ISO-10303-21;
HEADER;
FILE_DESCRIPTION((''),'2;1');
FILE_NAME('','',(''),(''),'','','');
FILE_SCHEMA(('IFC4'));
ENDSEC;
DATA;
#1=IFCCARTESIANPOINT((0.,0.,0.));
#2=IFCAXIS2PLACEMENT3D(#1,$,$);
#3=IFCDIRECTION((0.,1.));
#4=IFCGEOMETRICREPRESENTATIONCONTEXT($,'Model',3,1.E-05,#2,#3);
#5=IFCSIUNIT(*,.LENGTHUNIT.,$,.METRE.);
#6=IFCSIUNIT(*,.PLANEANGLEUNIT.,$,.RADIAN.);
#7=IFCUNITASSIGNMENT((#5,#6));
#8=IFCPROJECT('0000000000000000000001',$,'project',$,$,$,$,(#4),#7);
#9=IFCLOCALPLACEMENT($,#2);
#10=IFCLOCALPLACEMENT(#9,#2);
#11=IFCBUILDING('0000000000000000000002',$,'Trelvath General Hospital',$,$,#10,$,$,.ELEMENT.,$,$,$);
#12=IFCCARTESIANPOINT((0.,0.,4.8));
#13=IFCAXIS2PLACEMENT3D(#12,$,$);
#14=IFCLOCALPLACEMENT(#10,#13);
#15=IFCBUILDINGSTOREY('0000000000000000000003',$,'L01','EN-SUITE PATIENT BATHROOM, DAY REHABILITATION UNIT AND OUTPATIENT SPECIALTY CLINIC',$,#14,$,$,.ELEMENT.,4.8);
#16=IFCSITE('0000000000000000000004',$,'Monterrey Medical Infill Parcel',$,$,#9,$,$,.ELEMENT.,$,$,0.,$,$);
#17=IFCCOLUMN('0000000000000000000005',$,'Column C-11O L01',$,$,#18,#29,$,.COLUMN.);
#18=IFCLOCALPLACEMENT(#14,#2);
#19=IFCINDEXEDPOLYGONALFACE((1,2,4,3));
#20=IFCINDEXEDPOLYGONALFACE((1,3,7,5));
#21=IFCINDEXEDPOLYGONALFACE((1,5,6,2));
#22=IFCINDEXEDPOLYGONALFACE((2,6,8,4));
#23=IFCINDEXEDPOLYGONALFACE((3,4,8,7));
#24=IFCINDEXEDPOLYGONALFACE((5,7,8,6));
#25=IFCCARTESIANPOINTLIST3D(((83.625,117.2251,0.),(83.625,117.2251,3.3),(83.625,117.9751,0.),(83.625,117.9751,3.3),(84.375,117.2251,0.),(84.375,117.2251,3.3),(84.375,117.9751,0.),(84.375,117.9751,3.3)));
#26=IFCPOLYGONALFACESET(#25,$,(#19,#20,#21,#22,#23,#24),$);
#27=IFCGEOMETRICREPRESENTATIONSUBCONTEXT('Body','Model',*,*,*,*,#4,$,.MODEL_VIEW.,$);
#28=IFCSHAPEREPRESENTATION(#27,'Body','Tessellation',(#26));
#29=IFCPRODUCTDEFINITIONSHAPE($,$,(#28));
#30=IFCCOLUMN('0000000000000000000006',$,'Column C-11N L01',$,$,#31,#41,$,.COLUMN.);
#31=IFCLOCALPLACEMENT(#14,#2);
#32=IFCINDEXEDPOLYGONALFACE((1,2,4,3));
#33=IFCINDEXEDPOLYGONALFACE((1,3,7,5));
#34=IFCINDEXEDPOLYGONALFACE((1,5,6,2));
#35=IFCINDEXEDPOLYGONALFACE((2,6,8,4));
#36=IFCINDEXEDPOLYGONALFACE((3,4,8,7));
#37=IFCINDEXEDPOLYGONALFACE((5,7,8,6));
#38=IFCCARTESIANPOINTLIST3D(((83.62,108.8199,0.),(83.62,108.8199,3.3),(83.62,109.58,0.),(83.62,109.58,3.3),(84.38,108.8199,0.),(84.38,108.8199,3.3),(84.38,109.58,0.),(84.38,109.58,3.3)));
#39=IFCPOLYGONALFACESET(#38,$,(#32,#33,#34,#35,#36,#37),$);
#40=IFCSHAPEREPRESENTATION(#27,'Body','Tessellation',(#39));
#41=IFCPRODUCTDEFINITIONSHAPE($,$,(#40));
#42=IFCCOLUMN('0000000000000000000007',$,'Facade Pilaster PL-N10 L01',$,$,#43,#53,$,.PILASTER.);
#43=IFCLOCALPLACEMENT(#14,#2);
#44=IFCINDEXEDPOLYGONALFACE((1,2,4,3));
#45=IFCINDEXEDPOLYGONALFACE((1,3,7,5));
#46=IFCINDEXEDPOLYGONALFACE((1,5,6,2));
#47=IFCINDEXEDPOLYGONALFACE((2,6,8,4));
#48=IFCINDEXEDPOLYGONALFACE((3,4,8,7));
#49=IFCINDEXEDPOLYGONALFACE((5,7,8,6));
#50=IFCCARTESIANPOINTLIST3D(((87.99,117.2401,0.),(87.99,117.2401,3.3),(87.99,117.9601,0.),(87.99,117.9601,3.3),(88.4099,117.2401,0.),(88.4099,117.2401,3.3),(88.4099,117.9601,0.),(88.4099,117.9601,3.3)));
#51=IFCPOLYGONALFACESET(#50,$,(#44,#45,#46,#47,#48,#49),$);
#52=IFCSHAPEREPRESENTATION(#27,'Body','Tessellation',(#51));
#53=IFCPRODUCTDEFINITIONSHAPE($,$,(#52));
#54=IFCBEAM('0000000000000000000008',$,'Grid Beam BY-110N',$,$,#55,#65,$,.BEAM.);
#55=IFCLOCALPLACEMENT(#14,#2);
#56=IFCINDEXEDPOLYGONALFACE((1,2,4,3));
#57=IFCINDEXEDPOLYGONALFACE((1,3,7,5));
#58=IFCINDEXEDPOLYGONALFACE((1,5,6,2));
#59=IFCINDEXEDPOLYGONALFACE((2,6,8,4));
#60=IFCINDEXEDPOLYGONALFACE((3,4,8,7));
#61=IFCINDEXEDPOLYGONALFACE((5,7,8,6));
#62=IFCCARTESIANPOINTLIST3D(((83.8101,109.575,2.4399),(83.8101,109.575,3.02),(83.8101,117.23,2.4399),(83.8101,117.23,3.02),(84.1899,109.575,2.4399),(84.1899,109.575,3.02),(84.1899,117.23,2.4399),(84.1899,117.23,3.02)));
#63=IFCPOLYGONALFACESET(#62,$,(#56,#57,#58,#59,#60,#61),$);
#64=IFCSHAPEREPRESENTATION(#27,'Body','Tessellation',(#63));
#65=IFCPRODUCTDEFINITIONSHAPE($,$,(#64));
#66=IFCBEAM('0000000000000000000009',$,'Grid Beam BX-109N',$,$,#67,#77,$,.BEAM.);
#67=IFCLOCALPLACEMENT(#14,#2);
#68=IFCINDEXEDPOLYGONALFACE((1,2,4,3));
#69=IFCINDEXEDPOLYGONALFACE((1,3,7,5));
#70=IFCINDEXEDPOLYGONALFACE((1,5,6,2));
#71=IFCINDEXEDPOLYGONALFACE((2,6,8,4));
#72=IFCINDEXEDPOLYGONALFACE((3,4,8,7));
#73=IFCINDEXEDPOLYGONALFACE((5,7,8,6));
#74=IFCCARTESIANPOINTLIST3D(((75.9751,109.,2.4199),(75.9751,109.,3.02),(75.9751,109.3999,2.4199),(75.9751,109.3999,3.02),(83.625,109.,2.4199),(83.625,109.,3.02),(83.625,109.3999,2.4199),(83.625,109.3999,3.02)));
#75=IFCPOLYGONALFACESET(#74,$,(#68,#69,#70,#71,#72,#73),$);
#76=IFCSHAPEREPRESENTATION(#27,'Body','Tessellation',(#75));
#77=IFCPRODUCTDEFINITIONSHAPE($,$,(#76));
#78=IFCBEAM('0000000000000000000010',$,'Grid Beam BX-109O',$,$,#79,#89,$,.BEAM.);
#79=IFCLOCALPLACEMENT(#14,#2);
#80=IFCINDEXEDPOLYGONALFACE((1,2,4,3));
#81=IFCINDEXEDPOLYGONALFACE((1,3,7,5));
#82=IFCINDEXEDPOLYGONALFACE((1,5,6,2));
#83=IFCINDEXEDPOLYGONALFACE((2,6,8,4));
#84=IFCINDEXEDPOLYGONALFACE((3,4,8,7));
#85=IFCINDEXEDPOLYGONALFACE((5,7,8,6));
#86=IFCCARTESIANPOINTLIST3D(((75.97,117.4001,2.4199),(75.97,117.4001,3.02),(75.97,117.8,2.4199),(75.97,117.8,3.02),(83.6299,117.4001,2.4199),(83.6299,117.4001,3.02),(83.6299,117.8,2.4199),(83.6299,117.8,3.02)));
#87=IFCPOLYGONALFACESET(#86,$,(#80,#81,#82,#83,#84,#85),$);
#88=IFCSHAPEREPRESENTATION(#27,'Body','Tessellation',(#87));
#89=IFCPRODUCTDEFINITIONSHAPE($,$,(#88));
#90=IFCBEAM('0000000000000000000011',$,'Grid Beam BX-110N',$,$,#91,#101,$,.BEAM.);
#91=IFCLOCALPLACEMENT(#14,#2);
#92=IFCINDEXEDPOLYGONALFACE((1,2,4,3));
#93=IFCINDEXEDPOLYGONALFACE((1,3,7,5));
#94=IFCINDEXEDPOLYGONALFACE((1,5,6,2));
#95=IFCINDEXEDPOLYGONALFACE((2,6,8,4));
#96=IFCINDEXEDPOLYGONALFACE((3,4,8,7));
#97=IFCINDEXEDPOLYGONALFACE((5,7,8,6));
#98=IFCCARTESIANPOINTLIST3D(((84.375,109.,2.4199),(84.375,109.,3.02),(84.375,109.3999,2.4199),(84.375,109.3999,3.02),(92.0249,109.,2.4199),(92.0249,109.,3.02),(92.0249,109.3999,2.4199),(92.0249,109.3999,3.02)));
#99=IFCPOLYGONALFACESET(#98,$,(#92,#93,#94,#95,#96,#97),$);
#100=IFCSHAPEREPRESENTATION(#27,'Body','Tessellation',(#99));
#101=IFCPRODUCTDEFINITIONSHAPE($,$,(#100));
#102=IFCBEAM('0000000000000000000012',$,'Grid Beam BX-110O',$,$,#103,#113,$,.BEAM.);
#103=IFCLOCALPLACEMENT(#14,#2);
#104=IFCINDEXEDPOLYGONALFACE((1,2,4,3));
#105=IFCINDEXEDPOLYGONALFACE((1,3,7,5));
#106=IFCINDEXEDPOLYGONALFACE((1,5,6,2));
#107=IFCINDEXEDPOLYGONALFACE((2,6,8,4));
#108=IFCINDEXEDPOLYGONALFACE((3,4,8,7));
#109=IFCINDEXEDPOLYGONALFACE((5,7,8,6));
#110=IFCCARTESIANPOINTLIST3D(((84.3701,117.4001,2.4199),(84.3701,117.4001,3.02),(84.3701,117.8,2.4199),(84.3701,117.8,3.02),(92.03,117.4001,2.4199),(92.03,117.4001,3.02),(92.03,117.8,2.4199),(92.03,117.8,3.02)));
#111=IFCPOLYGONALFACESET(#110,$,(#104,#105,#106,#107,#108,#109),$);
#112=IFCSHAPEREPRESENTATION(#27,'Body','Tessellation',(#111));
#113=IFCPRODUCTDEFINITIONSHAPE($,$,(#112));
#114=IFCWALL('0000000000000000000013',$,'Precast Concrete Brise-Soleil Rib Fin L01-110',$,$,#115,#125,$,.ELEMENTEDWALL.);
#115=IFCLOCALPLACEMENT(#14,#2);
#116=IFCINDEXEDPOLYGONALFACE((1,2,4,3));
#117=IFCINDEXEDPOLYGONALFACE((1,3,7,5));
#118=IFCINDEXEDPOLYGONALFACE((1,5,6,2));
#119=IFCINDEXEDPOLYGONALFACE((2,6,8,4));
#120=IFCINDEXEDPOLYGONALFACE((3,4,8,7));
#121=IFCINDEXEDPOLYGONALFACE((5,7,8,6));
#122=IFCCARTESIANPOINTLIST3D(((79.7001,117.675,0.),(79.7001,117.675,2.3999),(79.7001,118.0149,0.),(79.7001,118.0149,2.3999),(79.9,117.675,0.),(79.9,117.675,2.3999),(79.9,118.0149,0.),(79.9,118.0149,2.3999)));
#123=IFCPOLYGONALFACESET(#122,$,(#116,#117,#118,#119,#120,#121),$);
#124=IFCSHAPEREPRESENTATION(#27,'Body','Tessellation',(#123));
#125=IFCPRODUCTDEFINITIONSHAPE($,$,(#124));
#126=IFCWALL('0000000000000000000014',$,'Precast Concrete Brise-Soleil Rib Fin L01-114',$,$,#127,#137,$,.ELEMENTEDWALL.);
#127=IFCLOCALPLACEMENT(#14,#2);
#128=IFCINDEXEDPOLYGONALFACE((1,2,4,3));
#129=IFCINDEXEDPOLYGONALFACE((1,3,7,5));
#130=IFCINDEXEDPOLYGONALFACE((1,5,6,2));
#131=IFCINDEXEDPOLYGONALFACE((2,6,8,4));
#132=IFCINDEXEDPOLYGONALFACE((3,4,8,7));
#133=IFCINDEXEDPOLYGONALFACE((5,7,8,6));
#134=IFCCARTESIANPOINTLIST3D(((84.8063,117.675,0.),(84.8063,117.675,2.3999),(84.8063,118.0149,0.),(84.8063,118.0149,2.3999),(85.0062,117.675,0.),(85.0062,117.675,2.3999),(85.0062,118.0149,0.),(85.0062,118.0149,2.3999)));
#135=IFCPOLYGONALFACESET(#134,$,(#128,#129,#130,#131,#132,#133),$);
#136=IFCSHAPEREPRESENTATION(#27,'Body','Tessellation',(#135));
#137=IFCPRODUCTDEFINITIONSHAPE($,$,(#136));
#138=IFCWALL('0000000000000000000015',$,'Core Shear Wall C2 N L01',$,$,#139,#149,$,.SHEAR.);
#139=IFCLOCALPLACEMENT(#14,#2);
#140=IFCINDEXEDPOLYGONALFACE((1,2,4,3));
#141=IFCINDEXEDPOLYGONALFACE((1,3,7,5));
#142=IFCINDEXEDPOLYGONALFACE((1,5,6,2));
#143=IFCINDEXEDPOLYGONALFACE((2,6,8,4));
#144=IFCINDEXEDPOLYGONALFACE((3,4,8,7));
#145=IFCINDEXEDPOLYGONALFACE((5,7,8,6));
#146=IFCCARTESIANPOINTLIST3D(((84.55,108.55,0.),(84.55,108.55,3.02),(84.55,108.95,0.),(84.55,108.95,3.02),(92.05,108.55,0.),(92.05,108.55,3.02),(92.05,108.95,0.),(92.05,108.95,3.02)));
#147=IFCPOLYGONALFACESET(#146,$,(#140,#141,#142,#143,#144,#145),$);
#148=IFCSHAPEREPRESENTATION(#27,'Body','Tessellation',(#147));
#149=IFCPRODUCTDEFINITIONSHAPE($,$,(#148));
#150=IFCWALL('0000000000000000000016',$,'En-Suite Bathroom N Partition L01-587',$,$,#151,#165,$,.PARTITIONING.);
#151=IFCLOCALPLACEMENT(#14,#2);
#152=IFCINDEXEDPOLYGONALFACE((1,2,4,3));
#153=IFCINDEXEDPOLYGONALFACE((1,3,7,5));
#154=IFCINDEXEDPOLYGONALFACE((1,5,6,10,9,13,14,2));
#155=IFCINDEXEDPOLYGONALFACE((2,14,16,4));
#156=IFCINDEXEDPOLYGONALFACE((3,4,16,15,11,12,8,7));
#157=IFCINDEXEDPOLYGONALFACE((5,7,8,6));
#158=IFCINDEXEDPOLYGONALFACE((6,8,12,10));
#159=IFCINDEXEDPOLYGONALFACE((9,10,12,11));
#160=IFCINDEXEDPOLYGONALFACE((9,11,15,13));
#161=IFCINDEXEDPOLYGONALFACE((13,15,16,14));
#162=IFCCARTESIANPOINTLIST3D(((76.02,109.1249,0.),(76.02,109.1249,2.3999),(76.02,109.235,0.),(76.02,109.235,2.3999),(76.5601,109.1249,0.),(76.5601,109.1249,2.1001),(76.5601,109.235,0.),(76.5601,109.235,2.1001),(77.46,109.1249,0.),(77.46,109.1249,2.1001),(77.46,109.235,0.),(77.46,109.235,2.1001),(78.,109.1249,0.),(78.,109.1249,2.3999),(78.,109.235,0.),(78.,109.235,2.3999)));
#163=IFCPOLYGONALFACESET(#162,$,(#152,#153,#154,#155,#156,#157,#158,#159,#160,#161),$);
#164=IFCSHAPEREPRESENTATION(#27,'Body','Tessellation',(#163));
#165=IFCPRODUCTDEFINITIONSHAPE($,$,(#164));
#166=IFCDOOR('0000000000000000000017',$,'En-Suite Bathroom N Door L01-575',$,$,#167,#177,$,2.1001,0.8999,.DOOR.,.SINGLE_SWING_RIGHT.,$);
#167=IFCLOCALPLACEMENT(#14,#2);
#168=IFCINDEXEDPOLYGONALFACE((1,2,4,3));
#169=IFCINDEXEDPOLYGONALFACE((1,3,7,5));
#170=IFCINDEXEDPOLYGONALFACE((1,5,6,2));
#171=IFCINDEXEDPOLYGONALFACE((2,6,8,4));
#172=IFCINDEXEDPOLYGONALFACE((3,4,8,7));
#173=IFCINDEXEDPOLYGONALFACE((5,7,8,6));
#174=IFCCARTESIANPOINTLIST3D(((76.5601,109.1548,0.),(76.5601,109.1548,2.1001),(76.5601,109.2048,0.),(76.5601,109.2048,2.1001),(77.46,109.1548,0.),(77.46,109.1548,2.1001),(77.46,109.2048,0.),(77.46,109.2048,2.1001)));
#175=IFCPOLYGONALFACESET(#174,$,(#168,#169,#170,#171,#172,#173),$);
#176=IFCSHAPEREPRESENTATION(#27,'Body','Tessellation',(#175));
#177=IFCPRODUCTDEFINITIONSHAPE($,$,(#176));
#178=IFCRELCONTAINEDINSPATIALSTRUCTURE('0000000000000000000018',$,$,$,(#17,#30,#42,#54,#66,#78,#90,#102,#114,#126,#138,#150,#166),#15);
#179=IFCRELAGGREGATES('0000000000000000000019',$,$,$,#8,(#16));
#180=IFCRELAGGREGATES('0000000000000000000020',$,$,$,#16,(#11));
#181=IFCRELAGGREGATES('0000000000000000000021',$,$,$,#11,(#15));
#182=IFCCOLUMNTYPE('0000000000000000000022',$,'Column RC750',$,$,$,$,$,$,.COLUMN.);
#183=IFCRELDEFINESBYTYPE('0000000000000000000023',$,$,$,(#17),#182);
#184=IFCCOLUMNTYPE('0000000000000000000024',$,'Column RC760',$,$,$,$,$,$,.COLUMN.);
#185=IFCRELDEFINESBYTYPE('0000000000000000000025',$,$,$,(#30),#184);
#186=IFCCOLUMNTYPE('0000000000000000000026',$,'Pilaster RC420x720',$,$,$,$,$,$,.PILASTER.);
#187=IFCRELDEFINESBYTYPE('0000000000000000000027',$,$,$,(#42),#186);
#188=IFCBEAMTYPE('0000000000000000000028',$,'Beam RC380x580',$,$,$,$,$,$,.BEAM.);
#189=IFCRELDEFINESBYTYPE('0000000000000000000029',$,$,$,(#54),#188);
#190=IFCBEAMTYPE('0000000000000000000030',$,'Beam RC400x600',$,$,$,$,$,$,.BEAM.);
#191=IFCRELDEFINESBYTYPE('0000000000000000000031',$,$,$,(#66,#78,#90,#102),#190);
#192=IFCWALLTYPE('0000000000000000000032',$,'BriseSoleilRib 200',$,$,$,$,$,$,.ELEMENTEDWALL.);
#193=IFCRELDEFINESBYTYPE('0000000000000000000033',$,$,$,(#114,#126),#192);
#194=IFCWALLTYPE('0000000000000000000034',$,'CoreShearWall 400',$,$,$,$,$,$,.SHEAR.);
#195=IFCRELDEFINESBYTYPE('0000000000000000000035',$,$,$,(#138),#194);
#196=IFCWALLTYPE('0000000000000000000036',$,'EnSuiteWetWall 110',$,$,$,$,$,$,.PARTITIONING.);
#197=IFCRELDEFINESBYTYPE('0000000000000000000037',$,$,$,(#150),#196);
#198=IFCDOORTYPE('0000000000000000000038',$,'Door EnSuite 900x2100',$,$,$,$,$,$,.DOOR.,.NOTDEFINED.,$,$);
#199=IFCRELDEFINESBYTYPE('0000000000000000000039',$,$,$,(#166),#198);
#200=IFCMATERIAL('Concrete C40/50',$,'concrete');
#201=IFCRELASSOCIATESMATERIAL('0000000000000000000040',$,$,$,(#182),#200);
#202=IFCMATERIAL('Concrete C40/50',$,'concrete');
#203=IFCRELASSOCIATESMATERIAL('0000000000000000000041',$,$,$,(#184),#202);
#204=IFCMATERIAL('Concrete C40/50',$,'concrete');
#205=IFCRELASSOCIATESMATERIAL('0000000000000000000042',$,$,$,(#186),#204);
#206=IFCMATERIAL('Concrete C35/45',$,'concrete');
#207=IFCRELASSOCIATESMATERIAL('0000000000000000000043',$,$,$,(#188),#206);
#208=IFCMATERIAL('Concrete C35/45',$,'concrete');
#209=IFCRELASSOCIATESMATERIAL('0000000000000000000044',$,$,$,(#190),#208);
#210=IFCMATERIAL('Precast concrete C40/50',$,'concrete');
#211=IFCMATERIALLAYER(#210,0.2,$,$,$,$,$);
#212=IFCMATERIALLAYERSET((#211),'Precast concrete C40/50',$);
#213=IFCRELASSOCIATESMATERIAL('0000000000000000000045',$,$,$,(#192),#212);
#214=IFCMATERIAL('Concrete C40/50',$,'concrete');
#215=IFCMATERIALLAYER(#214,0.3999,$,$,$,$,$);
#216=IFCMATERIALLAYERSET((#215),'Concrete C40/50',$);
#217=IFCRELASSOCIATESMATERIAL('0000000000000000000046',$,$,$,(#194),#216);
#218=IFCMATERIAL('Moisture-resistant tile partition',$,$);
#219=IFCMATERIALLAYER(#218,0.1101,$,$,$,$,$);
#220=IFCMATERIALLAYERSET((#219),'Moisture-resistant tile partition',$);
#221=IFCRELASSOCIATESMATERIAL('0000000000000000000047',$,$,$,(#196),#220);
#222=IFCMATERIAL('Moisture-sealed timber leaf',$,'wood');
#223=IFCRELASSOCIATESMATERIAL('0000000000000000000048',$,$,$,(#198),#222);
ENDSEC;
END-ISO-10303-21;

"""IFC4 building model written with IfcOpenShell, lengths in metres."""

from ifc_helpers import new_model, si_unit, direction, frame, frame_2d, origin, origin_2d, place, context, subcontext, project, spatial, rectangle, extrude, material, layer, layer_set, material_profile, profile_set, type_object, element, fill, save


model = new_model("IFC4")

# Units and contexts
model_context = context("Model", 3, precision=1e-05, world=origin(), true_north=direction((0.0, 1.0)))
body_context = subcontext(model_context, "Body", "Model", "MODEL_VIEW")
ifc_project = project(units=[si_unit("LENGTHUNIT", "METRE"), si_unit("PLANEANGLEUNIT", "RADIAN")], contexts=[model_context])

# Site, building, storey
site_placement = place(None, origin())
site = spatial("IfcSite", under=ifc_project, at=site_placement, Name="Monterrey Medical Infill Parcel", CompositionType="ELEMENT", RefElevation=0.0)
building_placement = place(site_placement, origin())
building = spatial("IfcBuilding", under=site, at=building_placement, Name="Trelvath General Hospital", CompositionType="ELEMENT")
storey_placement = place(building_placement, frame((0.0, 0.0, 4.8)))
storey = spatial("IfcBuildingStorey", under=building, at=storey_placement, Name="L01", Description="EN-SUITE PATIENT BATHROOM, DAY REHABILITATION UNIT AND OUTPATIENT SPECIALTY CLINIC", CompositionType="ELEMENT", Elevation=4.8)

# Columns
ifc_material_1 = material(Name="Concrete C40/50", Category="concrete")
ifc_material_profile_1 = material_profile(ifc_material_1, rectangle(XDim=0.75, YDim=0.75, at=origin_2d()), Name="RC750x750")
ifc_profile_set_1 = profile_set([ifc_material_profile_1], Name="Concrete C40/50")
column_type_1 = type_object("IfcColumnType", Name="Column RC750", PredefinedType="COLUMN", material=ifc_profile_set_1)
column_1_placement = place(storey_placement, frame((84.0, 117.6001, 0.0), z_axis=(0.0, 0.0, 1.0), x_axis=(1.0, 0.0, 0.0)))
element("IfcColumn", 1, at=column_1_placement, inside=storey, type_object=column_type_1, Name="Column C-11O L01", PredefinedType="COLUMN", context=body_context, shape_type="SweptSolid", body=[
    extrude(rectangle(XDim=0.75, YDim=0.75, at=origin_2d()), origin(), (0.0, 0.0, 1.0), 3.3),
])
ifc_material_2 = material(Name="Concrete C40/50", Category="concrete")
ifc_material_profile_2 = material_profile(ifc_material_2, rectangle(XDim=0.76, YDim=0.76, at=origin_2d()), Name="RC760x760")
ifc_profile_set_2 = profile_set([ifc_material_profile_2], Name="Concrete C40/50")
column_type_2 = type_object("IfcColumnType", Name="Column RC760", PredefinedType="COLUMN", material=ifc_profile_set_2)
column_2_placement = place(storey_placement, frame((84.0, 109.2, 0.0), z_axis=(0.0, 0.0, 1.0), x_axis=(1.0, 0.0, 0.0)))
element("IfcColumn", 2, at=column_2_placement, inside=storey, type_object=column_type_2, Name="Column C-11N L01", PredefinedType="COLUMN", context=body_context, shape_type="SweptSolid", body=[
    extrude(rectangle(XDim=0.76, YDim=0.76, at=origin_2d()), origin(), (0.0, 0.0, 1.0), 3.3),
])
ifc_material_3 = material(Name="Concrete C40/50", Category="concrete")
ifc_material_profile_3 = material_profile(ifc_material_3, rectangle(XDim=0.4199, YDim=0.72, at=origin_2d()), Name="RC420x720")
ifc_profile_set_3 = profile_set([ifc_material_profile_3], Name="Concrete C40/50")
column_type_3 = type_object("IfcColumnType", Name="Pilaster RC420x720", PredefinedType="PILASTER", material=ifc_profile_set_3)
column_3_placement = place(storey_placement, frame((88.2, 117.6001, 0.0), z_axis=(0.0, 0.0, 1.0), x_axis=(1.0, 0.0, 0.0)))
element("IfcColumn", 3, at=column_3_placement, inside=storey, type_object=column_type_3, Name="Facade Pilaster PL-N10 L01", PredefinedType="PILASTER", context=body_context, shape_type="SweptSolid", body=[
    extrude(rectangle(XDim=0.4199, YDim=0.72, at=origin_2d()), origin(), (0.0, 0.0, 1.0), 3.3),
])

# Beams
ifc_material_4 = material(Name="Concrete C35/45", Category="concrete")
ifc_material_profile_4 = material_profile(ifc_material_4, rectangle(XDim=0.3799, YDim=0.5801, at=origin_2d()), Name="RCB380x580")
ifc_profile_set_4 = profile_set([ifc_material_profile_4], Name="Concrete C35/45")
beam_type_1 = type_object("IfcBeamType", Name="Beam RC380x580", PredefinedType="BEAM", material=ifc_profile_set_4)
beam_1_placement = place(storey_placement, frame((84.0, 109.575, 2.73), z_axis=(0.0, 1.0, 0.0), x_axis=(-1.0, 0.0, 0.0)))
element("IfcBeam", 4, at=beam_1_placement, inside=storey, type_object=beam_type_1, Name="Grid Beam BY-110N", PredefinedType="BEAM", context=body_context, shape_type="SweptSolid", body=[
    extrude(rectangle(XDim=0.3799, YDim=0.5801, at=origin_2d()), origin(), (0.0, 0.0, 1.0), 7.655),
])
ifc_material_5 = material(Name="Concrete C35/45", Category="concrete")
ifc_material_profile_5 = material_profile(ifc_material_5, rectangle(XDim=0.3999, YDim=0.6001, at=origin_2d()), Name="RCB400x600")
ifc_profile_set_5 = profile_set([ifc_material_profile_5], Name="Concrete C35/45")
beam_type_2 = type_object("IfcBeamType", Name="Beam RC400x600", PredefinedType="BEAM", material=ifc_profile_set_5)
beam_2_placement = place(storey_placement, frame((75.9751, 109.2, 2.72), z_axis=(1.0, 0.0, 0.0), x_axis=(0.0, 1.0, 0.0)))
element("IfcBeam", 5, at=beam_2_placement, inside=storey, type_object=beam_type_2, Name="Grid Beam BX-109N", PredefinedType="BEAM", context=body_context, shape_type="SweptSolid", body=[
    extrude(rectangle(XDim=0.3999, YDim=0.6001, at=origin_2d()), origin(), (0.0, 0.0, 1.0), 7.6499),
])
beam_3_placement = place(storey_placement, frame((75.97, 117.6001, 2.72), z_axis=(1.0, 0.0, 0.0), x_axis=(0.0, 1.0, 0.0)))
element("IfcBeam", 6, at=beam_3_placement, inside=storey, type_object=beam_type_2, Name="Grid Beam BX-109O", PredefinedType="BEAM", context=body_context, shape_type="SweptSolid", body=[
    extrude(rectangle(XDim=0.3999, YDim=0.6001, at=origin_2d()), origin(), (0.0, 0.0, 1.0), 7.6599),
])
beam_4_placement = place(storey_placement, frame((84.375, 109.2, 2.72), z_axis=(1.0, 0.0, 0.0), x_axis=(0.0, 1.0, 0.0)))
element("IfcBeam", 7, at=beam_4_placement, inside=storey, type_object=beam_type_2, Name="Grid Beam BX-110N", PredefinedType="BEAM", context=body_context, shape_type="SweptSolid", body=[
    extrude(rectangle(XDim=0.3999, YDim=0.6001, at=origin_2d()), origin(), (0.0, 0.0, 1.0), 7.6499),
])
beam_5_placement = place(storey_placement, frame((84.3701, 117.6001, 2.72), z_axis=(1.0, 0.0, 0.0), x_axis=(0.0, 1.0, 0.0)))
element("IfcBeam", 8, at=beam_5_placement, inside=storey, type_object=beam_type_2, Name="Grid Beam BX-110O", PredefinedType="BEAM", context=body_context, shape_type="SweptSolid", body=[
    extrude(rectangle(XDim=0.3999, YDim=0.6001, at=origin_2d()), origin(), (0.0, 0.0, 1.0), 7.6599),
])

# Walls
ifc_material_6 = material(Name="Precast concrete C40/50", Category="concrete")
ifc_layer_1 = layer(ifc_material_6, 0.2)
ifc_layer_set_1 = layer_set([ifc_layer_1], Name="Precast concrete C40/50")
wall_type_1 = type_object("IfcWallType", Name="BriseSoleilRib 200", PredefinedType="ELEMENTEDWALL", material=ifc_layer_set_1)
for number, where, z_axis, x_axis, name in (
    (9, (79.8, 117.675, 0.0), (0.0, 0.0, 1.0), (0.0, 1.0, 0.0), "Precast Concrete Brise-Soleil Rib Fin L01-110"),
    (10, (84.9062, 117.675, 0.0), (0.0, 0.0, 1.0), (0.0, 1.0, 0.0), "Precast Concrete Brise-Soleil Rib Fin L01-114"),
):
    element("IfcWall", number, at=place(storey_placement, frame(where, z_axis=z_axis, x_axis=x_axis)), inside=storey, type_object=wall_type_1, Name=name, PredefinedType="ELEMENTEDWALL", context=body_context, shape_type="SweptSolid", body=[
        extrude(rectangle(XDim=0.3398, YDim=0.2, at=frame_2d((0.1699, 0.0))), origin(), (0.0, 0.0, 1.0), 2.3999),
    ])
ifc_material_7 = material(Name="Concrete C40/50", Category="concrete")
ifc_layer_2 = layer(ifc_material_7, 0.3999)
ifc_layer_set_2 = layer_set([ifc_layer_2], Name="Concrete C40/50")
wall_type_2 = type_object("IfcWallType", Name="CoreShearWall 400", PredefinedType="SHEAR", material=ifc_layer_set_2)
wall_1_placement = place(storey_placement, frame((84.55, 108.75, 0.0), z_axis=(0.0, 0.0, 1.0), x_axis=(1.0, 0.0, 0.0)))
element("IfcWall", 11, at=wall_1_placement, inside=storey, type_object=wall_type_2, Name="Core Shear Wall C2 N L01", PredefinedType="SHEAR", context=body_context, shape_type="SweptSolid", body=[
    extrude(rectangle(XDim=7.5, YDim=0.3999, at=frame_2d((3.75, 0.0))), origin(), (0.0, 0.0, 1.0), 3.02),
])

# Wall, opening, door
ifc_material_8 = material(Name="Moisture-resistant tile partition")
ifc_layer_3 = layer(ifc_material_8, 0.1101)
ifc_layer_set_3 = layer_set([ifc_layer_3], Name="Moisture-resistant tile partition")
wall_type_3 = type_object("IfcWallType", Name="EnSuiteWetWall 110", PredefinedType="PARTITIONING", material=ifc_layer_set_3)
wall_2_placement = place(storey_placement, frame((76.02, 109.1799, 0.0), z_axis=(0.0, 0.0, 1.0), x_axis=(1.0, 0.0, 0.0)))
wall_2 = element("IfcWall", 12, at=wall_2_placement, inside=storey, type_object=wall_type_3, Name="En-Suite Bathroom N Partition L01-587", PredefinedType="PARTITIONING", context=body_context, shape_type="SweptSolid", body=[
    extrude(rectangle(XDim=1.98, YDim=0.1101, at=frame_2d((0.99, 0.0))), origin(), (0.0, 0.0, 1.0), 2.3999),
])
opening_1_placement = place(wall_2_placement, frame((0.54, 0.0, 0.0)))
opening_1 = element("IfcOpeningElement", 13, at=opening_1_placement, cuts=wall_2, PredefinedType="OPENING", context=body_context, shape_type="SweptSolid", body=[
    extrude(rectangle(XDim=0.8999, YDim=2.1001, at=frame_2d((0.45, 1.05))), frame((0.0, 0.0649, 0.0), z_axis=(0.0, -1.0, 0.0), x_axis=(1.0, 0.0, 0.0)), (0.0, 0.0, 1.0), 0.1301),
])
ifc_material_9 = material(Name="Moisture-sealed timber leaf", Category="wood")
door_type_1 = type_object("IfcDoorType", Name="Door EnSuite 900x2100", OperationType="NOTDEFINED", PredefinedType="DOOR", material=ifc_material_9)
door_1_placement = place(opening_1_placement, origin())
door_1 = element("IfcDoor", 14, at=door_1_placement, inside=storey, type_object=door_type_1, Name="En-Suite Bathroom N Door L01-575", OperationType="SINGLE_SWING_RIGHT", OverallHeight=2.1001, OverallWidth=0.8999, PredefinedType="DOOR", context=body_context, shape_type="SweptSolid", body=[
    extrude(rectangle(XDim=0.8999, YDim=2.1001, at=frame_2d((0.45, 1.05))), frame((0.0, 0.0249, 0.0), z_axis=(0.0, -1.0, 0.0), x_axis=(1.0, 0.0, 0.0)), (0.0, 0.0, 1.0), 0.05),
])
fill(opening_1, door_1)

save(model, "model.ifc")
